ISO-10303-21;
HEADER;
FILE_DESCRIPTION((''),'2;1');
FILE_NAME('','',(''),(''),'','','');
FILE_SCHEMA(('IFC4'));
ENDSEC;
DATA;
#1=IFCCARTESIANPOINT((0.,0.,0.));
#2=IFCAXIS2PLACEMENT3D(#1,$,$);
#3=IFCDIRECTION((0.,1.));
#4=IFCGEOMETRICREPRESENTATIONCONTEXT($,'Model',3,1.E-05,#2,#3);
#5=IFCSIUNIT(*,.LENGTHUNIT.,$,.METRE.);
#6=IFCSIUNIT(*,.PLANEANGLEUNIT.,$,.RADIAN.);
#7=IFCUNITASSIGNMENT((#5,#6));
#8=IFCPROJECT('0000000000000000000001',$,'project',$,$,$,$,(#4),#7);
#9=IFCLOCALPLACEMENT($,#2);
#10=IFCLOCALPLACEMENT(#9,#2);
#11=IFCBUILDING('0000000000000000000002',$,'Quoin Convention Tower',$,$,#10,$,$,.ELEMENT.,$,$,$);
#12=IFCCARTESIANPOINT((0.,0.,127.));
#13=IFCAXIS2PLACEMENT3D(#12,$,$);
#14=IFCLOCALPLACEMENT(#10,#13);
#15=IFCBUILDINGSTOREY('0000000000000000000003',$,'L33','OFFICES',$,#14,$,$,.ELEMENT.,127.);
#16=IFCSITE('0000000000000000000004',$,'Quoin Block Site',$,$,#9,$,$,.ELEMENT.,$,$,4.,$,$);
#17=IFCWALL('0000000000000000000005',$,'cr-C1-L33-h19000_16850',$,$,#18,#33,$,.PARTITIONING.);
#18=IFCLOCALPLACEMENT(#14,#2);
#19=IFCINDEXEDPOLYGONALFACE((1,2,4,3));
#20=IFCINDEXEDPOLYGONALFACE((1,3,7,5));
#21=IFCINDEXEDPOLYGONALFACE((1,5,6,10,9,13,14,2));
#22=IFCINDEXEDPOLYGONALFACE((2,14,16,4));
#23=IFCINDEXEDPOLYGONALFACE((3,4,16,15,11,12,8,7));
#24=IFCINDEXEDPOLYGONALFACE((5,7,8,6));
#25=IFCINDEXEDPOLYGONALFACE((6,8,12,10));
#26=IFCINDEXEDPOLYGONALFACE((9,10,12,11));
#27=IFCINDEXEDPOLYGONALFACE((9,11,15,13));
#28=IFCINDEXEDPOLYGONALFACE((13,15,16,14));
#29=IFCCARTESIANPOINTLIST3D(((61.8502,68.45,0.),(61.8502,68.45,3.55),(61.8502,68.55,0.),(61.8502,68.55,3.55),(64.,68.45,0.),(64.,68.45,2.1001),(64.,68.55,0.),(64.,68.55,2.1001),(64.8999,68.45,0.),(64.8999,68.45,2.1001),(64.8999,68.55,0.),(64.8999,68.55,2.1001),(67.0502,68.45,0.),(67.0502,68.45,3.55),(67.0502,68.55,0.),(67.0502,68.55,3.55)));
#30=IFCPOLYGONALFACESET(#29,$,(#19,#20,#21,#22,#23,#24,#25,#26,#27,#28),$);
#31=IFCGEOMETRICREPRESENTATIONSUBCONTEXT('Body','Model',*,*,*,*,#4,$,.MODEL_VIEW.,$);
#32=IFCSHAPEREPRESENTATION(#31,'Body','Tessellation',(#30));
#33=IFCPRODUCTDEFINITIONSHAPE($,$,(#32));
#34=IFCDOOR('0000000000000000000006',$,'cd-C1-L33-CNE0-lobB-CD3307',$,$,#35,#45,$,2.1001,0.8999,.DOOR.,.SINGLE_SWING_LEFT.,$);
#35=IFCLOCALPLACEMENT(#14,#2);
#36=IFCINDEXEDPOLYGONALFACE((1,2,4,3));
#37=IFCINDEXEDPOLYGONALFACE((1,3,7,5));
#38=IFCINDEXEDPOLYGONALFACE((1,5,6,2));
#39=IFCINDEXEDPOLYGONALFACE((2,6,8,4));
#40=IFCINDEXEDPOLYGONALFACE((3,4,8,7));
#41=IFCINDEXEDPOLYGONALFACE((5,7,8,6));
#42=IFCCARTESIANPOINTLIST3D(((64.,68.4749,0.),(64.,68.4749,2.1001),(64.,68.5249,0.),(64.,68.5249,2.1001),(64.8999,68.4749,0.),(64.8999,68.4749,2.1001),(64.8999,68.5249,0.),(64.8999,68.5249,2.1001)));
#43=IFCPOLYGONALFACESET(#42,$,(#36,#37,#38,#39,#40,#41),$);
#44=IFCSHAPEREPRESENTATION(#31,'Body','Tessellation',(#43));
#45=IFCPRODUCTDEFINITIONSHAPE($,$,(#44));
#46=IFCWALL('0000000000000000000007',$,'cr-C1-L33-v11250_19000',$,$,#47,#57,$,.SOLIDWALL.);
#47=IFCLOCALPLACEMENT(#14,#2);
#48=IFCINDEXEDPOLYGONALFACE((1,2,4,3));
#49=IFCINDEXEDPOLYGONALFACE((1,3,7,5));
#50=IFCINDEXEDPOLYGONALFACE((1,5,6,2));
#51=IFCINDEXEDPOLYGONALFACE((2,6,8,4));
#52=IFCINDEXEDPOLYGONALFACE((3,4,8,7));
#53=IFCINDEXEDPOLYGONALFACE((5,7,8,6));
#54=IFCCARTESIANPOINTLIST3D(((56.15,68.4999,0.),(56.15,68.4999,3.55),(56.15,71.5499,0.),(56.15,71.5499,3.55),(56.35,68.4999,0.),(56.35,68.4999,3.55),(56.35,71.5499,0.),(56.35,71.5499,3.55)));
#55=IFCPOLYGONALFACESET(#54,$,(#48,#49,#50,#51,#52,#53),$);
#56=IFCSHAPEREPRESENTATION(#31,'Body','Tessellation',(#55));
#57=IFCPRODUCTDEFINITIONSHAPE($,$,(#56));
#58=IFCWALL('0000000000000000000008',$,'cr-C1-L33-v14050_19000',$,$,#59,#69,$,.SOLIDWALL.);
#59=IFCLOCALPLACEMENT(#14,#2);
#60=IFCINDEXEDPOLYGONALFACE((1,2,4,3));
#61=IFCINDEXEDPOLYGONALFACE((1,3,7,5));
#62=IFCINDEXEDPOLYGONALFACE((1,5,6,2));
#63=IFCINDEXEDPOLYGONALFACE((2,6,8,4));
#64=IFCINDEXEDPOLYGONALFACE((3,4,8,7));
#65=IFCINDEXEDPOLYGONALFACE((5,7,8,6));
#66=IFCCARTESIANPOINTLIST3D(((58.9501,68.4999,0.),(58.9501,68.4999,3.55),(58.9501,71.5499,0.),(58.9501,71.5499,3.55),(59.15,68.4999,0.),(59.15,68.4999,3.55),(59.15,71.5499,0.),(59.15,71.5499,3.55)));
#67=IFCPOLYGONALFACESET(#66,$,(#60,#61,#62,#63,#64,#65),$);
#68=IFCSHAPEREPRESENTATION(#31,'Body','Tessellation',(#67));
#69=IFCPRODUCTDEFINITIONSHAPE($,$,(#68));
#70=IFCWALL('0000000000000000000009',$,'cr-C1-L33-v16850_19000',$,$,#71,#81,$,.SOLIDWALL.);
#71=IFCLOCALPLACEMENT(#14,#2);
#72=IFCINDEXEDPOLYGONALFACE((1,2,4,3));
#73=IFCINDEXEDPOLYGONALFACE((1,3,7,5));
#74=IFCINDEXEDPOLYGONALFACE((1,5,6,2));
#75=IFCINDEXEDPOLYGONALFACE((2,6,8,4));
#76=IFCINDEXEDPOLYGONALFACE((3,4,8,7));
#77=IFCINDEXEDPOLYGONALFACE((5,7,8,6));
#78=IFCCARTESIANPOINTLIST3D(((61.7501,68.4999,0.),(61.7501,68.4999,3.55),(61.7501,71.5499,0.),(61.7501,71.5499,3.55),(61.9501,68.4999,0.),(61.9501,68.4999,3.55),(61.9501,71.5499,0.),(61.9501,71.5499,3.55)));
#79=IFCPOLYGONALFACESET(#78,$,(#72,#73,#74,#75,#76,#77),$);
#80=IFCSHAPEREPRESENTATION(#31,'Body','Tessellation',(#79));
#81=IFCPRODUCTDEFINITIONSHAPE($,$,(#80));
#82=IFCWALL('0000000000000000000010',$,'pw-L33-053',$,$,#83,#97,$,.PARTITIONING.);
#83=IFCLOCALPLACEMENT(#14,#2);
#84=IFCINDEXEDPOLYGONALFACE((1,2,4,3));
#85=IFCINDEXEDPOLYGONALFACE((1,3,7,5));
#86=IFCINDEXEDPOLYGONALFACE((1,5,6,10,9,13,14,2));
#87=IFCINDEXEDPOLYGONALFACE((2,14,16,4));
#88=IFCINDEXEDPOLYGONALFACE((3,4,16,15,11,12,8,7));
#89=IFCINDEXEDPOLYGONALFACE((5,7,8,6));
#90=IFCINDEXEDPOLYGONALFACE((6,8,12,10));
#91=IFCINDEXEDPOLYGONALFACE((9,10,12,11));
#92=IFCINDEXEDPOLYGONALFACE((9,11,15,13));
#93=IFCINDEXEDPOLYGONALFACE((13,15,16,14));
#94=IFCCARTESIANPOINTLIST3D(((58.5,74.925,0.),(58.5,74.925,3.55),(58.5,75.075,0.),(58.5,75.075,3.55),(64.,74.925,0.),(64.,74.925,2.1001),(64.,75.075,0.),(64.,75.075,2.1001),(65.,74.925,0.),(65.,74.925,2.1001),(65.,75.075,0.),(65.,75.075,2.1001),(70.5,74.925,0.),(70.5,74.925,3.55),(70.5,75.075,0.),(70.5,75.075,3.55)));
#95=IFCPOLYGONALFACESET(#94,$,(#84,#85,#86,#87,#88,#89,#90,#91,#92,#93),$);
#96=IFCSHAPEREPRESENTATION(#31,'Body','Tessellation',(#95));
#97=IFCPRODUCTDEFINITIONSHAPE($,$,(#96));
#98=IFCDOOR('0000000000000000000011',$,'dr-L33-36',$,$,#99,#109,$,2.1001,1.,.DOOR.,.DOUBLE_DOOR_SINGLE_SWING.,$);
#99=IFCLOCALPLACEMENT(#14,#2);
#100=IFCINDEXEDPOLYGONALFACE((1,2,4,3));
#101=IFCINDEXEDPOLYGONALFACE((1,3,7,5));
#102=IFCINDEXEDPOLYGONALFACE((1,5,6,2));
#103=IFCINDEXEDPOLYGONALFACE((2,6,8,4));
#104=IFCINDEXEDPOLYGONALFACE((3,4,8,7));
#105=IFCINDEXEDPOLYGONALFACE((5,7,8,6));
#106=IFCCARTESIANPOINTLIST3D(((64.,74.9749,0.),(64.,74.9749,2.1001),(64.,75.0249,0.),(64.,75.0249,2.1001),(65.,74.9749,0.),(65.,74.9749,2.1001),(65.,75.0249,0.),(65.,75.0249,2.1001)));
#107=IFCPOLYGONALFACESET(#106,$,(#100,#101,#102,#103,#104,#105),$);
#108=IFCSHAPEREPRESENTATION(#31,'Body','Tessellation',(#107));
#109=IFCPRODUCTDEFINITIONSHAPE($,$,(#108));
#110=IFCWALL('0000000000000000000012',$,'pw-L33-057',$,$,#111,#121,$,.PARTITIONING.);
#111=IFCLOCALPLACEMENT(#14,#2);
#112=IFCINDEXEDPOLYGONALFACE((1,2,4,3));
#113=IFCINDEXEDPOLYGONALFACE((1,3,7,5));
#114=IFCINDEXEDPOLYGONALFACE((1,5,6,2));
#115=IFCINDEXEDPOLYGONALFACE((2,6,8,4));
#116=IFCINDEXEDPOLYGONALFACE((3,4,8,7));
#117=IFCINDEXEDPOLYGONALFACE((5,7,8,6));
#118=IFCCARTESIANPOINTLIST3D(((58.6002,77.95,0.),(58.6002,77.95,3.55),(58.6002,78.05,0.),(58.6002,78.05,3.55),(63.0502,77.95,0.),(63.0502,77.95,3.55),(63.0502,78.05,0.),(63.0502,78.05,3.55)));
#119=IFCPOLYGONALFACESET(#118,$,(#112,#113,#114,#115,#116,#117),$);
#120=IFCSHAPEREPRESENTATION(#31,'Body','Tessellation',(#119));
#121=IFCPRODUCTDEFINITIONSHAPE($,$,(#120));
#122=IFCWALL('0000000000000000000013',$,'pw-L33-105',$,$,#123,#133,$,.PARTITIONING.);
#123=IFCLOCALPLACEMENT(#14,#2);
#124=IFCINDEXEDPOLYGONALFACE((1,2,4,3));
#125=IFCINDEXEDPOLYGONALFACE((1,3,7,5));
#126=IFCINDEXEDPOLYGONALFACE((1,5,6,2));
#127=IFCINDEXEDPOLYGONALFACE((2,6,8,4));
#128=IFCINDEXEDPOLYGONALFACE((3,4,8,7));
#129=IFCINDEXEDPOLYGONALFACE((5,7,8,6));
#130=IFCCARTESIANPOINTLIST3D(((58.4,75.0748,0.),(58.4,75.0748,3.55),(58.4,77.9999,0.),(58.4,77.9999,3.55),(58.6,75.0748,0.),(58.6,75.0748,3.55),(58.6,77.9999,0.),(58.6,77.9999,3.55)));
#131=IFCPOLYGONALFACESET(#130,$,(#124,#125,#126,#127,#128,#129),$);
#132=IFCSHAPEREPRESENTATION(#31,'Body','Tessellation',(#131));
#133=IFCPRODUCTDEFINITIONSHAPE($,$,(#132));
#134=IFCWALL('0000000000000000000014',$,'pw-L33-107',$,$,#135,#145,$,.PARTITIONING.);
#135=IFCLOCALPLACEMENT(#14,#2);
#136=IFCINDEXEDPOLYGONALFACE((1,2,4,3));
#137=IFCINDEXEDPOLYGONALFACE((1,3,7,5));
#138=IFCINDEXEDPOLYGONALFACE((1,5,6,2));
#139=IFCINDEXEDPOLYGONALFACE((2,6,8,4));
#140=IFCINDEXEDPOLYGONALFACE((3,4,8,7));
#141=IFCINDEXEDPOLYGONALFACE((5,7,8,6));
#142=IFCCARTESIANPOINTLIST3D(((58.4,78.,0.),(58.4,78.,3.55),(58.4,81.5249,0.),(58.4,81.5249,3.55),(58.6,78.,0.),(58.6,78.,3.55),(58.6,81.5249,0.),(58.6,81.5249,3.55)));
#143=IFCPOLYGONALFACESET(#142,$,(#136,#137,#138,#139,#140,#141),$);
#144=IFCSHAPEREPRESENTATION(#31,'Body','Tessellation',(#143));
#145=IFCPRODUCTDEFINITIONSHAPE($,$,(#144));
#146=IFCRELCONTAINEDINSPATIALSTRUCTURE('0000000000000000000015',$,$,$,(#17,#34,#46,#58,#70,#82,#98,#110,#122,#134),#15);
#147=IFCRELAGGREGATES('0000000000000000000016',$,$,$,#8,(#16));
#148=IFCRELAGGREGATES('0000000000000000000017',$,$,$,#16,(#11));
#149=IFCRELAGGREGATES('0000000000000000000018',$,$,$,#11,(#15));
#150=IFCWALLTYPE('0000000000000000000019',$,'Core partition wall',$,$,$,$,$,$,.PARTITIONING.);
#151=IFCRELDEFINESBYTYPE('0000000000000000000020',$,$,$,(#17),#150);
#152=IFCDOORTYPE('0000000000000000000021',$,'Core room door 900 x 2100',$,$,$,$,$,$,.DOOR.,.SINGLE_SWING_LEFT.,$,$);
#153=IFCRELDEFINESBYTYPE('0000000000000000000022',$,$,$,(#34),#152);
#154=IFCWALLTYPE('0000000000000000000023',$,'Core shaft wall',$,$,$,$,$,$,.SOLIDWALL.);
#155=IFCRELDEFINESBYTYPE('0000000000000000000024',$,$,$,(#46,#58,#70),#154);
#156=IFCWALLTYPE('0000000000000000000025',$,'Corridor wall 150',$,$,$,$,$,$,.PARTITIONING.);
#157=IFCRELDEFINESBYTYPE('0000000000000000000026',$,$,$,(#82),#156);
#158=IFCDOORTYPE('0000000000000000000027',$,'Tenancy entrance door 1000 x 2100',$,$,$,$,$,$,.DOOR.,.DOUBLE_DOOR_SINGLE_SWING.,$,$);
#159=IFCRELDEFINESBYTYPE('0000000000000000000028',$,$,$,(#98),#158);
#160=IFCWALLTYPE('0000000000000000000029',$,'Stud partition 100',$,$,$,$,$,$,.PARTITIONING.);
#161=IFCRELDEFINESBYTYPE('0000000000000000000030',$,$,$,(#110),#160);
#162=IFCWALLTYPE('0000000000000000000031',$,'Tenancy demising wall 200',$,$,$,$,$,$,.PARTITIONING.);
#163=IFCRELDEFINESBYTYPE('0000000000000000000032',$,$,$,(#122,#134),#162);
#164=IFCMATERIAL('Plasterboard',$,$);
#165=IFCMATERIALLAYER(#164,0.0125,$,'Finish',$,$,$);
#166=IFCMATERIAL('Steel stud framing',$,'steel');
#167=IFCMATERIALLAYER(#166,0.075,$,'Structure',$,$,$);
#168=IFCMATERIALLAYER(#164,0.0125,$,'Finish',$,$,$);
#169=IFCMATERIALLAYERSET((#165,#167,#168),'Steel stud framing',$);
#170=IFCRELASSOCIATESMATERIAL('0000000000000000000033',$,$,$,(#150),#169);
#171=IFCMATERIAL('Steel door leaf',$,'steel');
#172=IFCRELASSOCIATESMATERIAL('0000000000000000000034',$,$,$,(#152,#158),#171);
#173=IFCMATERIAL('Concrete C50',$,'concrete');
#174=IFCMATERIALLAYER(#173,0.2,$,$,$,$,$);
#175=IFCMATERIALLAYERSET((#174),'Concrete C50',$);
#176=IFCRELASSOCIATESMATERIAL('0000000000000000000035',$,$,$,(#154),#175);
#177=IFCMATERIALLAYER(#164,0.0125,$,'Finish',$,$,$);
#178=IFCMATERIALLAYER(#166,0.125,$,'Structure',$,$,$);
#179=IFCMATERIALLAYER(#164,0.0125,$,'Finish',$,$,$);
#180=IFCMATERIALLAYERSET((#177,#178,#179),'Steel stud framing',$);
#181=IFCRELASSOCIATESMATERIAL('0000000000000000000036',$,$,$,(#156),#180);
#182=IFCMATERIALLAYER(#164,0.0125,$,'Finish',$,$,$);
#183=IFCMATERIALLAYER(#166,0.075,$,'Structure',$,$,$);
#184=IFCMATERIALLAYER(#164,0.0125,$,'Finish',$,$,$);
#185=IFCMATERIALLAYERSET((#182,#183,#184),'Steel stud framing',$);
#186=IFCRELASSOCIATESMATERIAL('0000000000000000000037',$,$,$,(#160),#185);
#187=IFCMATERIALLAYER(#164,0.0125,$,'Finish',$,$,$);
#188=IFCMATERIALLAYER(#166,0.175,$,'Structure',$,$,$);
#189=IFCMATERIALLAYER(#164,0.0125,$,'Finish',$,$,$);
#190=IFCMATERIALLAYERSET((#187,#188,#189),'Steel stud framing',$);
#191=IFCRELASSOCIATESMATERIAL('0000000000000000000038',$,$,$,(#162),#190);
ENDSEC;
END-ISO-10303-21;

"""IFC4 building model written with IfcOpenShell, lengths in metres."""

from ifc_helpers import new_model, si_unit, direction, frame, frame_2d, origin, place, context, subcontext, project, spatial, rectangle, extrude, material, layer, layer_set, type_object, element, fill, save


model = new_model("IFC4")

# Units and contexts
model_context = context("Model", 3, precision=1e-05, world=origin(), true_north=direction((0.0, 1.0)))
body_context = subcontext(model_context, "Body", "Model", "MODEL_VIEW")
ifc_project = project(units=[si_unit("LENGTHUNIT", "METRE"), si_unit("PLANEANGLEUNIT", "RADIAN")], contexts=[model_context])

# Site, building, storey
site_placement = place(None, origin())
site = spatial("IfcSite", under=ifc_project, at=site_placement, Name="Quoin Block Site", CompositionType="ELEMENT", RefElevation=4.0)
building_placement = place(site_placement, origin())
building = spatial("IfcBuilding", under=site, at=building_placement, Name="Quoin Convention Tower", CompositionType="ELEMENT")
storey_placement = place(building_placement, frame((0.0, 0.0, 127.0)))
storey = spatial("IfcBuildingStorey", under=building, at=storey_placement, Name="L33", Description="OFFICES", CompositionType="ELEMENT", Elevation=127.0)

# Wall, opening, door
ifc_material_1 = material(Name="Plasterboard")
ifc_layer_1 = layer(ifc_material_1, 0.0125, Name="Finish")
ifc_material_2 = material(Name="Steel stud framing", Category="steel")
ifc_layer_2 = layer(ifc_material_2, 0.075, Name="Structure")
ifc_layer_3 = layer(ifc_material_1, 0.0125, Name="Finish")
ifc_layer_set_1 = layer_set([ifc_layer_1, ifc_layer_2, ifc_layer_3], Name="Steel stud framing")
wall_type_1 = type_object("IfcWallType", Name="Core partition wall", PredefinedType="PARTITIONING", material=ifc_layer_set_1)
wall_1_placement = place(storey_placement, frame((61.8501, 68.5, 0.0), z_axis=(0.0, 0.0, 1.0), x_axis=(1.0, 0.0, 0.0)))
wall_1 = element("IfcWall", 1, at=wall_1_placement, inside=storey, type_object=wall_type_1, Name="cr-C1-L33-h19000_16850", PredefinedType="PARTITIONING", context=body_context, shape_type="SweptSolid", body=[
    extrude(rectangle(XDim=5.2, YDim=0.1001, at=frame_2d((2.6001, 0.0))), origin(), (0.0, 0.0, 1.0), 3.55),
])
opening_1_placement = place(wall_1_placement, frame((2.1499, 0.0, 0.0)))
opening_1 = element("IfcOpeningElement", 2, at=opening_1_placement, cuts=wall_1, PredefinedType="OPENING", context=body_context, shape_type="SweptSolid", body=[
    extrude(rectangle(XDim=0.8999, YDim=2.1001, at=frame_2d((0.45, 1.05))), frame((0.0, 0.0601, 0.0), z_axis=(0.0, -1.0, 0.0), x_axis=(1.0, 0.0, 0.0)), (0.0, 0.0, 1.0), 0.1201),
])
ifc_material_3 = material(Name="Steel door leaf", Category="steel")
door_type_1 = type_object("IfcDoorType", Name="Core room door 900 x 2100", OperationType="SINGLE_SWING_LEFT", PredefinedType="DOOR", material=ifc_material_3)
door_1_placement = place(opening_1_placement, origin())
door_1 = element("IfcDoor", 3, at=door_1_placement, inside=storey, type_object=door_type_1, Name="cd-C1-L33-CNE0-lobB-CD3307", OperationType="SINGLE_SWING_LEFT", OverallHeight=2.1001, OverallWidth=0.8999, PredefinedType="DOOR", context=body_context, shape_type="SweptSolid", body=[
    extrude(rectangle(XDim=0.8999, YDim=2.1001, at=frame_2d((0.45, 1.05))), frame((0.0, 0.0249, 0.0), z_axis=(0.0, -1.0, 0.0), x_axis=(1.0, 0.0, 0.0)), (0.0, 0.0, 1.0), 0.05),
])
fill(opening_1, door_1)

# Walls
ifc_material_4 = material(Name="Concrete C50", Category="concrete")
ifc_layer_4 = layer(ifc_material_4, 0.2)
ifc_layer_set_2 = layer_set([ifc_layer_4], Name="Concrete C50")
wall_type_2 = type_object("IfcWallType", Name="Core shaft wall", PredefinedType="SOLIDWALL", material=ifc_layer_set_2)
for number, where, z_axis, x_axis, name in (
    (4, (56.25, 68.5, 0.0), (0.0, 0.0, 1.0), (0.0, 1.0, 0.0), "cr-C1-L33-v11250_19000"),
    (5, (59.05, 68.5, 0.0), (0.0, 0.0, 1.0), (0.0, 1.0, 0.0), "cr-C1-L33-v14050_19000"),
    (6, (61.8501, 68.5, 0.0), (0.0, 0.0, 1.0), (0.0, 1.0, 0.0), "cr-C1-L33-v16850_19000"),
):
    element("IfcWall", number, at=place(storey_placement, frame(where, z_axis=z_axis, x_axis=x_axis)), inside=storey, type_object=wall_type_2, Name=name, PredefinedType="SOLIDWALL", context=body_context, shape_type="SweptSolid", body=[
        extrude(rectangle(XDim=3.05, YDim=0.2, at=frame_2d((1.5249, 0.0))), origin(), (0.0, 0.0, 1.0), 3.55),
    ])

# Wall, opening, door
ifc_layer_5 = layer(ifc_material_1, 0.0125, Name="Finish")
ifc_layer_6 = layer(ifc_material_2, 0.125, Name="Structure")
ifc_layer_7 = layer(ifc_material_1, 0.0125, Name="Finish")
ifc_layer_set_3 = layer_set([ifc_layer_5, ifc_layer_6, ifc_layer_7], Name="Steel stud framing")
wall_type_3 = type_object("IfcWallType", Name="Corridor wall 150", PredefinedType="PARTITIONING", material=ifc_layer_set_3)
wall_2_placement = place(storey_placement, frame((58.5, 75.0, 0.0), z_axis=(0.0, 0.0, 1.0), x_axis=(1.0, 0.0, 0.0)))
wall_2 = element("IfcWall", 7, at=wall_2_placement, inside=storey, type_object=wall_type_3, Name="pw-L33-053", PredefinedType="PARTITIONING", context=body_context, shape_type="SweptSolid", body=[
    extrude(rectangle(XDim=12.0, YDim=0.1499, at=frame_2d((6.0, 0.0))), origin(), (0.0, 0.0, 1.0), 3.55),
])
opening_2_placement = place(wall_2_placement, frame((5.5, 0.0, 0.0)))
opening_2 = element("IfcOpeningElement", 8, at=opening_2_placement, cuts=wall_2, PredefinedType="OPENING", context=body_context, shape_type="SweptSolid", body=[
    extrude(rectangle(XDim=1.0, YDim=2.1001, at=frame_2d((0.5, 1.05))), frame((0.0, 0.085, 0.0), z_axis=(0.0, -1.0, 0.0), x_axis=(1.0, 0.0, 0.0)), (0.0, 0.0, 1.0), 0.1699),
])
door_type_2 = type_object("IfcDoorType", Name="Tenancy entrance door 1000 x 2100", OperationType="DOUBLE_DOOR_SINGLE_SWING", PredefinedType="DOOR", material=ifc_material_3)
door_2_placement = place(opening_2_placement, origin())
door_2 = element("IfcDoor", 9, at=door_2_placement, inside=storey, type_object=door_type_2, Name="dr-L33-36", OperationType="DOUBLE_DOOR_SINGLE_SWING", OverallHeight=2.1001, OverallWidth=1.0, PredefinedType="DOOR", context=body_context, shape_type="SweptSolid", body=[
    extrude(rectangle(XDim=1.0, YDim=2.1001, at=frame_2d((0.5, 1.05))), frame((0.0, 0.0249, 0.0), z_axis=(0.0, -1.0, 0.0), x_axis=(1.0, 0.0, 0.0)), (0.0, 0.0, 1.0), 0.05),
])
fill(opening_2, door_2)

# Walls
ifc_layer_8 = layer(ifc_material_1, 0.0125, Name="Finish")
ifc_layer_9 = layer(ifc_material_2, 0.075, Name="Structure")
ifc_layer_10 = layer(ifc_material_1, 0.0125, Name="Finish")
ifc_layer_set_4 = layer_set([ifc_layer_8, ifc_layer_9, ifc_layer_10], Name="Steel stud framing")
wall_type_4 = type_object("IfcWallType", Name="Stud partition 100", PredefinedType="PARTITIONING", material=ifc_layer_set_4)
wall_3_placement = place(storey_placement, frame((58.6001, 78.0, 0.0), z_axis=(0.0, 0.0, 1.0), x_axis=(1.0, 0.0, 0.0)))
element("IfcWall", 10, at=wall_3_placement, inside=storey, type_object=wall_type_4, Name="pw-L33-057", PredefinedType="PARTITIONING", context=body_context, shape_type="SweptSolid", body=[
    extrude(rectangle(XDim=4.45, YDim=0.1001, at=frame_2d((2.2251, 0.0))), origin(), (0.0, 0.0, 1.0), 3.55),
])
ifc_layer_11 = layer(ifc_material_1, 0.0125, Name="Finish")
ifc_layer_12 = layer(ifc_material_2, 0.175, Name="Structure")
ifc_layer_13 = layer(ifc_material_1, 0.0125, Name="Finish")
ifc_layer_set_5 = layer_set([ifc_layer_11, ifc_layer_12, ifc_layer_13], Name="Steel stud framing")
wall_type_5 = type_object("IfcWallType", Name="Tenancy demising wall 200", PredefinedType="PARTITIONING", material=ifc_layer_set_5)
wall_4_placement = place(storey_placement, frame((58.5, 75.075, 0.0), z_axis=(0.0, 0.0, 1.0), x_axis=(0.0, 1.0, 0.0)))
element("IfcWall", 11, at=wall_4_placement, inside=storey, type_object=wall_type_5, Name="pw-L33-105", PredefinedType="PARTITIONING", context=body_context, shape_type="SweptSolid", body=[
    extrude(rectangle(XDim=2.925, YDim=0.2, at=frame_2d((1.4624, 0.0))), origin(), (0.0, 0.0, 1.0), 3.55),
])
wall_5_placement = place(storey_placement, frame((58.5, 78.0, 0.0), z_axis=(0.0, 0.0, 1.0), x_axis=(0.0, 1.0, 0.0)))
element("IfcWall", 12, at=wall_5_placement, inside=storey, type_object=wall_type_5, Name="pw-L33-107", PredefinedType="PARTITIONING", context=body_context, shape_type="SweptSolid", body=[
    extrude(rectangle(XDim=3.5249, YDim=0.2, at=frame_2d((1.7625, 0.0))), origin(), (0.0, 0.0, 1.0), 3.55),
])

save(model, "model.ifc")
